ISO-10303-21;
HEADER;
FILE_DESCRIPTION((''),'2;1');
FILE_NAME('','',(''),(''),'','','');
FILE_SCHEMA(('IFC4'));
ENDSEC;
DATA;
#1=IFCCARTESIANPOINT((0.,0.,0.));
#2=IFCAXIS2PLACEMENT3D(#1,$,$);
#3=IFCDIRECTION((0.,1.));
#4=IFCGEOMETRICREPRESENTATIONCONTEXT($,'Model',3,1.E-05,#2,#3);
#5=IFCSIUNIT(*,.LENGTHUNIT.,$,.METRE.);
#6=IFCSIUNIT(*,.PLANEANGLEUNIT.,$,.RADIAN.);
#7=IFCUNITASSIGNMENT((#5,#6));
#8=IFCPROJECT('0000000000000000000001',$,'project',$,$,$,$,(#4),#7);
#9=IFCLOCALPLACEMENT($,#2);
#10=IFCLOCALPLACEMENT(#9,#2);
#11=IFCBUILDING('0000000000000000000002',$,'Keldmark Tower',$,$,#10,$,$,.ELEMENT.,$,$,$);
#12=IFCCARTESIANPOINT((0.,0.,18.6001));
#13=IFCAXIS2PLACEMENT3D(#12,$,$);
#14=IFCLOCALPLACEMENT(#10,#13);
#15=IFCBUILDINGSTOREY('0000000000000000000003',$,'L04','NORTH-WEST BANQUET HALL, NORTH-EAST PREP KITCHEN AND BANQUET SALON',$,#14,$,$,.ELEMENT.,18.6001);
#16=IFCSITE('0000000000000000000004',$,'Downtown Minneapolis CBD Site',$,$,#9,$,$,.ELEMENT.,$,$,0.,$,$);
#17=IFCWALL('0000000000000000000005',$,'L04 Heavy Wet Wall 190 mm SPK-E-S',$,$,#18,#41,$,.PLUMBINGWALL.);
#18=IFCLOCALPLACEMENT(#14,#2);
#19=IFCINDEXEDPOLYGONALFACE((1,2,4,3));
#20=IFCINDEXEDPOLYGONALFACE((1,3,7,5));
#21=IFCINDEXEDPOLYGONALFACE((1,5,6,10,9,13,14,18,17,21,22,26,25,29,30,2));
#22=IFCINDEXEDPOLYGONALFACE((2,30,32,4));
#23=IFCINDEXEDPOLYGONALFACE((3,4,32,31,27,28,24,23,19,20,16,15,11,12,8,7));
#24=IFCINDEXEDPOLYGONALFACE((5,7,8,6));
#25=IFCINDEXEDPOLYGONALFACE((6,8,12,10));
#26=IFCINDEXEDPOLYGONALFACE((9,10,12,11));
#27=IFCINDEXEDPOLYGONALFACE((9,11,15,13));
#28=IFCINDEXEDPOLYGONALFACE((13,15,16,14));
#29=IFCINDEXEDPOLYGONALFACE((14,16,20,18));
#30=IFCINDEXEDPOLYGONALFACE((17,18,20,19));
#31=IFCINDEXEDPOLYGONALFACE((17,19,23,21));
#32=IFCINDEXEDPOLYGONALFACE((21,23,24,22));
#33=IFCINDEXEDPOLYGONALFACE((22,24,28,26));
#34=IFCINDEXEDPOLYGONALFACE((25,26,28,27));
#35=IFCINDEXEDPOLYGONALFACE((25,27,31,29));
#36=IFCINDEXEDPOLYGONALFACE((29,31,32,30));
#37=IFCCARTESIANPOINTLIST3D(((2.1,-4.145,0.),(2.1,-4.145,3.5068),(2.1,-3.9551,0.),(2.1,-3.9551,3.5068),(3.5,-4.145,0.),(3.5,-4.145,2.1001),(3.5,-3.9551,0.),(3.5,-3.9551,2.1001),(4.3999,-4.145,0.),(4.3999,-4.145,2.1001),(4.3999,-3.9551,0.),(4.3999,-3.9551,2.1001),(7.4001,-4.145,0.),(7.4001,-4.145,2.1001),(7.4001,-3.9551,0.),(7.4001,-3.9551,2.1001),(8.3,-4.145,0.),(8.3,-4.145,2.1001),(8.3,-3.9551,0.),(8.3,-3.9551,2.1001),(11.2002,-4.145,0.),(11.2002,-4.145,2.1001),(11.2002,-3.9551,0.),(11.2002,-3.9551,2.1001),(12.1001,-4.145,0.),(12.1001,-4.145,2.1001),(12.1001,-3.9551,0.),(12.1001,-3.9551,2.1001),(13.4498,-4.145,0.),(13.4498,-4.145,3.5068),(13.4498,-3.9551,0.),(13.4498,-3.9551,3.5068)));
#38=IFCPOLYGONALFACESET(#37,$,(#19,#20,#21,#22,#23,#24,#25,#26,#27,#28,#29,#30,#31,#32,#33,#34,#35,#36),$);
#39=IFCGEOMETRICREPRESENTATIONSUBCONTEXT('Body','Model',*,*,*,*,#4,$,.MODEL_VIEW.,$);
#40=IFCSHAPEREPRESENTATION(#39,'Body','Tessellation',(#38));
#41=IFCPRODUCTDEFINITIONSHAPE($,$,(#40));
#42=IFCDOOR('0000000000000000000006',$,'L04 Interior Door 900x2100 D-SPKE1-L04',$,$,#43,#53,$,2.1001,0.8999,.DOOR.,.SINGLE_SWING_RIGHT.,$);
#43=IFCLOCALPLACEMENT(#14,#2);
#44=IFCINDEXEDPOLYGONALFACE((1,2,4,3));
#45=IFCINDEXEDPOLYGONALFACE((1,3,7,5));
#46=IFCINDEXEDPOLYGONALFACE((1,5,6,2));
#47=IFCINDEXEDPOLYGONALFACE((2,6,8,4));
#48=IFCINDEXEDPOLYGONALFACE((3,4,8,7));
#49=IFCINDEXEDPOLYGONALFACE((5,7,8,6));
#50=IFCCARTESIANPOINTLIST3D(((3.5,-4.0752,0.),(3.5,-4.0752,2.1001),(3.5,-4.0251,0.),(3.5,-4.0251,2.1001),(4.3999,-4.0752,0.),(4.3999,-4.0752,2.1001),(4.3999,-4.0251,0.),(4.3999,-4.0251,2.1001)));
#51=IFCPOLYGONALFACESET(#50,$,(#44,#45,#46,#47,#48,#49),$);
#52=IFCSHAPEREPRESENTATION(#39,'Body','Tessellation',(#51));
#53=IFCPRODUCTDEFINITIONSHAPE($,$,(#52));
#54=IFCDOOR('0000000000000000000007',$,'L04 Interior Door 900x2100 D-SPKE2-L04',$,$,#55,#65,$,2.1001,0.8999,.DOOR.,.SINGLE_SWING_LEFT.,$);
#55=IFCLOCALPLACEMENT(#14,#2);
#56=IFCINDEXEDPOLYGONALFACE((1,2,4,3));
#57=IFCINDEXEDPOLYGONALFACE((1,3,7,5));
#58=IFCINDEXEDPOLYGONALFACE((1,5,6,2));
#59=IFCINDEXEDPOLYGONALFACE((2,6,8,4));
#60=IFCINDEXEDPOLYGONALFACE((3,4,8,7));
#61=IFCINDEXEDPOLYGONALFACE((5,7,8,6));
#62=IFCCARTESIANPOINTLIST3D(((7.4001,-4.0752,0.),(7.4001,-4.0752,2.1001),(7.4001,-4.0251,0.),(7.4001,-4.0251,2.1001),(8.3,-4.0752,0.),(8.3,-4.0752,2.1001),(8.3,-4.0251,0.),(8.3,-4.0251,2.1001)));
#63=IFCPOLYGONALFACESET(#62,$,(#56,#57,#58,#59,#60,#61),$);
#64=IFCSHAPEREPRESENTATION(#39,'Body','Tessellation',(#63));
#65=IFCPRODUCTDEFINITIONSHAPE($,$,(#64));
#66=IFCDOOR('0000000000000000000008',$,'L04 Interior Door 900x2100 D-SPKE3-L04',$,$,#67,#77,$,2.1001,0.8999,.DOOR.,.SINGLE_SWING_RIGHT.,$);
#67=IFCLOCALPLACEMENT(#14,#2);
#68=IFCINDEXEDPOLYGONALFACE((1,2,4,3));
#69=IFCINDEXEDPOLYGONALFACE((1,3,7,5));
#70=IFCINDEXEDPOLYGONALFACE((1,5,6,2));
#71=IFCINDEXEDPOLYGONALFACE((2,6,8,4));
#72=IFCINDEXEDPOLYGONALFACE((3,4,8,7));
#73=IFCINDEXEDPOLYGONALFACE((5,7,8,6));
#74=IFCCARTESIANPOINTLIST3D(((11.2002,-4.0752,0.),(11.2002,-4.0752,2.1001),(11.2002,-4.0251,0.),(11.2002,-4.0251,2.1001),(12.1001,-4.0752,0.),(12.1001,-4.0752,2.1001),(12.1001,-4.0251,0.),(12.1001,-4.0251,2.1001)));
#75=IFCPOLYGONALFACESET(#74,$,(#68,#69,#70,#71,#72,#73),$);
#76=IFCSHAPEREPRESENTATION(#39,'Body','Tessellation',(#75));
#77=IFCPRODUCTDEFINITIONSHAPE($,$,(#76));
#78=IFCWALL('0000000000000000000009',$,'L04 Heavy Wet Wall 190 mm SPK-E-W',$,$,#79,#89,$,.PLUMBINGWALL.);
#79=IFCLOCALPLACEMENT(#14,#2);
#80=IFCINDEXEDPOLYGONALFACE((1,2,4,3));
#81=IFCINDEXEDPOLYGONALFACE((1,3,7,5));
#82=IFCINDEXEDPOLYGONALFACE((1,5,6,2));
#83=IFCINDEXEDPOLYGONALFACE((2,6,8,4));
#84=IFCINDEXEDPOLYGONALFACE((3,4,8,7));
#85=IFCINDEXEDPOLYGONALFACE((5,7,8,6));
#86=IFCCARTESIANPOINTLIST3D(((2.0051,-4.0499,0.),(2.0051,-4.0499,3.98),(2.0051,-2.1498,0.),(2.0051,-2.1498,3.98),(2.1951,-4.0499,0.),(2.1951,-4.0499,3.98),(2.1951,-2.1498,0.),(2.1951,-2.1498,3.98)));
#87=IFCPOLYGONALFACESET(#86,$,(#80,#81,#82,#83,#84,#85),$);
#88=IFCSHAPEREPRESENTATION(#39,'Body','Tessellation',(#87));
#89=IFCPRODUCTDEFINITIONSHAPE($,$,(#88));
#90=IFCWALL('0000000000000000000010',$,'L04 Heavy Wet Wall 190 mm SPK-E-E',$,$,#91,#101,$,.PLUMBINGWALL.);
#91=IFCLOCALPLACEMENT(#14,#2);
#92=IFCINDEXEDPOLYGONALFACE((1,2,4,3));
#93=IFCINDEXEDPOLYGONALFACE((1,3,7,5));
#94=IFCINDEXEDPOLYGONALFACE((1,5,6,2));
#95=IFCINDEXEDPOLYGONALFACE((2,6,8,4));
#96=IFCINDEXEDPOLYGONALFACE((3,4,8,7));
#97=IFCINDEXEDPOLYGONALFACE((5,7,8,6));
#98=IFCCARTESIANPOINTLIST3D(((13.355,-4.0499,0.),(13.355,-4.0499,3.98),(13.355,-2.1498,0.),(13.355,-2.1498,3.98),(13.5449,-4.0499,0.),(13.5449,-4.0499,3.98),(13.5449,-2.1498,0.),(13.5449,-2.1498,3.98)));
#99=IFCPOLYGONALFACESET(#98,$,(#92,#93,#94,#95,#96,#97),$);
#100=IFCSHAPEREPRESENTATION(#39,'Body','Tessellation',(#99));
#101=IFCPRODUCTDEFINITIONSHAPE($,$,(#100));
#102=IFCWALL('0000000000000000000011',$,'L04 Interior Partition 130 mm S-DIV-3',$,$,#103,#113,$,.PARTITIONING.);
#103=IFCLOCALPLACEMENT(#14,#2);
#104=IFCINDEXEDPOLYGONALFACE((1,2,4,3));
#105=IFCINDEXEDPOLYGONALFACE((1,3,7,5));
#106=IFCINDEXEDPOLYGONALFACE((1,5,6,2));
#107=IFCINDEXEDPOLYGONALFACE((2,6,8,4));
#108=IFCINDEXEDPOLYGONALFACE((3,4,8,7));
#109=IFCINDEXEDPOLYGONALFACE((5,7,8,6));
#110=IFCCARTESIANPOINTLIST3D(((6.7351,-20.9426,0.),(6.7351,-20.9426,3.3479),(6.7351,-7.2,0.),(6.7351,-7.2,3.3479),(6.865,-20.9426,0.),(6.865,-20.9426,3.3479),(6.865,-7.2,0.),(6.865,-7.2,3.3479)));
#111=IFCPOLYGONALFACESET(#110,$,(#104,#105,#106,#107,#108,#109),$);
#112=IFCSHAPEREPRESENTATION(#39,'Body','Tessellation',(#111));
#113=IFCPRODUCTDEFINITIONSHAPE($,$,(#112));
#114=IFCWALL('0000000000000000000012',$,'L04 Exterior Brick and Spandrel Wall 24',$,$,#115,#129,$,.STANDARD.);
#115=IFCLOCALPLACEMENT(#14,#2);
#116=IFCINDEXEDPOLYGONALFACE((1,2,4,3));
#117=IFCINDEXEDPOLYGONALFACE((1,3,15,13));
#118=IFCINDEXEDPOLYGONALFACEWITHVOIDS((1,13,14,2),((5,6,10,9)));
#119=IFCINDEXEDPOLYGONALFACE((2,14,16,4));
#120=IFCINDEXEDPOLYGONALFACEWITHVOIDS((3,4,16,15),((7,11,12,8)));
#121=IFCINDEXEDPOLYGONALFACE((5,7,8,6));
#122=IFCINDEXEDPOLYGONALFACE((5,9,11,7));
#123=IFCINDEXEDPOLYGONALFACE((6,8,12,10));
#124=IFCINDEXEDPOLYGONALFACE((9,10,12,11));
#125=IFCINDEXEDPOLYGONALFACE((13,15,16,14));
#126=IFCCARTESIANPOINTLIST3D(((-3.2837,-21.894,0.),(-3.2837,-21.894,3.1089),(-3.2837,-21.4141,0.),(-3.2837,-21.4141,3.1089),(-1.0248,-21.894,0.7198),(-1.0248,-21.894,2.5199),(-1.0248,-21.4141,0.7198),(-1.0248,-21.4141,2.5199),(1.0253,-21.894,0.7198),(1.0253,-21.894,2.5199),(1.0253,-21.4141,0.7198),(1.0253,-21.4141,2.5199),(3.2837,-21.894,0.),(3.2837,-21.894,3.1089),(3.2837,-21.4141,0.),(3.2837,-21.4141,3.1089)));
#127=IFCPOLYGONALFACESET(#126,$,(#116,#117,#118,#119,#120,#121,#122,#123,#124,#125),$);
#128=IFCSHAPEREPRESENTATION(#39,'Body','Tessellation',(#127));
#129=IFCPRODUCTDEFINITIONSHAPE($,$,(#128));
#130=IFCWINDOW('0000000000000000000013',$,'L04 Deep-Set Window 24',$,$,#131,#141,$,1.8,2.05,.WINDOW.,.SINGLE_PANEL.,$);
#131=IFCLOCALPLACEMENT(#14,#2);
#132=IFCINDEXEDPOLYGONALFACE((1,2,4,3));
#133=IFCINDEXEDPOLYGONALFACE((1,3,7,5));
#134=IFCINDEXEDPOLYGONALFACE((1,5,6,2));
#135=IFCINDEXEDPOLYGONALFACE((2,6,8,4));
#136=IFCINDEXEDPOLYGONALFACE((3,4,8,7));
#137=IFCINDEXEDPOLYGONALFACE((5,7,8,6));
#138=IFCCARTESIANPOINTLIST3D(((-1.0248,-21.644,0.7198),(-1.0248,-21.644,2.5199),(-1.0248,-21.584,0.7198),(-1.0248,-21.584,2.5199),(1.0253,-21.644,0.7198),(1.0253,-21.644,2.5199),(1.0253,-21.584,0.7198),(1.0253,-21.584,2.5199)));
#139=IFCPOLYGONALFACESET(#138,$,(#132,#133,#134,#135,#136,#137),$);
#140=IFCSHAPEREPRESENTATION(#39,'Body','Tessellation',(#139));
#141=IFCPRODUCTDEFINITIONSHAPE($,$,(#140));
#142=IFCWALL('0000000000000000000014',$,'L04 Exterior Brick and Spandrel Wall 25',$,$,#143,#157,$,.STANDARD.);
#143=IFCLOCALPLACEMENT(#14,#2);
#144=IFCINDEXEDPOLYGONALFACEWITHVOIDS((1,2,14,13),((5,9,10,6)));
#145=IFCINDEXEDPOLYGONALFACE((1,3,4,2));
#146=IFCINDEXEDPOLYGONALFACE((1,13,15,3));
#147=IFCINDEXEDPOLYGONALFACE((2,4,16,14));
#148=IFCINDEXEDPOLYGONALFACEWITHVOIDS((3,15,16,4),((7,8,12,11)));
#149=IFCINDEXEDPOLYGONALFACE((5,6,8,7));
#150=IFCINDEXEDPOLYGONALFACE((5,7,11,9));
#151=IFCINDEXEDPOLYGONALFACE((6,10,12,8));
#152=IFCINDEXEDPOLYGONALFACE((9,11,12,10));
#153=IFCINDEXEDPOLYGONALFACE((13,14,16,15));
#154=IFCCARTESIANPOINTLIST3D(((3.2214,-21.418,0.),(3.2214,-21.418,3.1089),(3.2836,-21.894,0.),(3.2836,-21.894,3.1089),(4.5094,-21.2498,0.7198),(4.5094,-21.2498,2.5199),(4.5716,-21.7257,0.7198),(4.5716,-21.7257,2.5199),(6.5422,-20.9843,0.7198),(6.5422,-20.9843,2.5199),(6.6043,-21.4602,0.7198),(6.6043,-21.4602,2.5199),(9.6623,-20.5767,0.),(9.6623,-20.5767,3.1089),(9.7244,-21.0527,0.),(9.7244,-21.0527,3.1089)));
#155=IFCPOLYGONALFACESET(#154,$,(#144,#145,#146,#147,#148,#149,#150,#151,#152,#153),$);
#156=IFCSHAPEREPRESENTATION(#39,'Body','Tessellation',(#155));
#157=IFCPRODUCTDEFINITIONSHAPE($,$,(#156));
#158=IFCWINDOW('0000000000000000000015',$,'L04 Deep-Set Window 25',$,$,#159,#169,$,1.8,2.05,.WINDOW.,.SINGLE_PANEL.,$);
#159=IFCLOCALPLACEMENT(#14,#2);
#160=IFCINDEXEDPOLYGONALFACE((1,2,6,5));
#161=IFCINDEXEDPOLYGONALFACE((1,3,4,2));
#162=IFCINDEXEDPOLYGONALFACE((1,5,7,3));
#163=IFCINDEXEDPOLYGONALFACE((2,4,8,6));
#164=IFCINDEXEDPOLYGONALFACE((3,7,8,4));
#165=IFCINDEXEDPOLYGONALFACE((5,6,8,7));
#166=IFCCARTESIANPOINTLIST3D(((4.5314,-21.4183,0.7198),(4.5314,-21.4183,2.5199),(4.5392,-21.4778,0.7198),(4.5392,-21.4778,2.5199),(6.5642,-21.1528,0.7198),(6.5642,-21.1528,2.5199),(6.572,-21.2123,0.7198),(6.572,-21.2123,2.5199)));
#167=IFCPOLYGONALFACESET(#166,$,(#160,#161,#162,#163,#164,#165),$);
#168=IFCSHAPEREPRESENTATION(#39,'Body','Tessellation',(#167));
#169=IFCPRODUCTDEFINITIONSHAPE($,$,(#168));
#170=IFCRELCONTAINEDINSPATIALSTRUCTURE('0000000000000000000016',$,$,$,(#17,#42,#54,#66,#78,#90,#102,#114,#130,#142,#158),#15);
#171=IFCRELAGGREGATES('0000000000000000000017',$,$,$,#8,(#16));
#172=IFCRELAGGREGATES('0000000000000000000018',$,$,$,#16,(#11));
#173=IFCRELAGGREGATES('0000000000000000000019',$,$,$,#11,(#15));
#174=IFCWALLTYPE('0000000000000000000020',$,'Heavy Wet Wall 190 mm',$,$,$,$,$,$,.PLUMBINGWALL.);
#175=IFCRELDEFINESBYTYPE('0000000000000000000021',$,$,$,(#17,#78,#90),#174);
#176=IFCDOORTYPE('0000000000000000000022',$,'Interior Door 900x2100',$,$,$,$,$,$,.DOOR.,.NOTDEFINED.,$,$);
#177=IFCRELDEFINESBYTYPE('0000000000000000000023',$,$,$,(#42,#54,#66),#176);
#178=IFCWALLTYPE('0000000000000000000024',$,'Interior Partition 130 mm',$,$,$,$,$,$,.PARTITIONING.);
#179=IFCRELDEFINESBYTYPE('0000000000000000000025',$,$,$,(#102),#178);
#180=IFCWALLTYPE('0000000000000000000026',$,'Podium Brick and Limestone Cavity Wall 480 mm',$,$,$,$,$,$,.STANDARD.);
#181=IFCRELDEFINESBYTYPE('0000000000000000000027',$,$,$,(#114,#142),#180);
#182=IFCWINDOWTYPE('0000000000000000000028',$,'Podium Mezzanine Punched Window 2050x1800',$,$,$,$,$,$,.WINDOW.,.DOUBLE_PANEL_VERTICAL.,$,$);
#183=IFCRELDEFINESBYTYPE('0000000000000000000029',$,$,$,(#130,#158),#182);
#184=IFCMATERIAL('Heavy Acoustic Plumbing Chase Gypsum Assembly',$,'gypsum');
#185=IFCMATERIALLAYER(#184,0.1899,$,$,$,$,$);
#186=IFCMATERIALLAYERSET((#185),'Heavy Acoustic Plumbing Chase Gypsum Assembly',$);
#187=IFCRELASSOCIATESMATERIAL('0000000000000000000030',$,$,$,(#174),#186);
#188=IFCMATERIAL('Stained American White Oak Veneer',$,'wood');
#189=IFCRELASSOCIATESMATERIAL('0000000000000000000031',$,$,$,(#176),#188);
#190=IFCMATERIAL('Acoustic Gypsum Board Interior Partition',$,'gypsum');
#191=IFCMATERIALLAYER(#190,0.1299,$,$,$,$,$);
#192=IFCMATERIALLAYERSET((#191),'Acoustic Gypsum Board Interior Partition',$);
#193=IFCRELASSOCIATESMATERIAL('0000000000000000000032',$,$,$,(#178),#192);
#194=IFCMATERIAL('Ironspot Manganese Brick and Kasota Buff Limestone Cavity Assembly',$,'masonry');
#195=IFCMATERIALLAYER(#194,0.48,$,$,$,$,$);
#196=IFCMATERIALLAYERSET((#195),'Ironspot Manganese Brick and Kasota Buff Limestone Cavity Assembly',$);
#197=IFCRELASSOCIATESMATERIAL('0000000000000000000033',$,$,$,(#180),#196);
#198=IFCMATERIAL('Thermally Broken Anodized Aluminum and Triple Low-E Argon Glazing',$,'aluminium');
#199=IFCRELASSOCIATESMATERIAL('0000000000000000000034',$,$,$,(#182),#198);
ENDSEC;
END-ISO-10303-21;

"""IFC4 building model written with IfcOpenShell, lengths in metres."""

from ifc_helpers import new_model, si_unit, direction, frame, frame_2d, origin, place, context, subcontext, project, spatial, rectangle, extrude, material, layer, layer_set, type_object, element, fill, save


model = new_model("IFC4")

# Units and contexts
model_context = context("Model", 3, precision=1e-05, world=origin(), true_north=direction((0.0, 1.0)))
body_context = subcontext(model_context, "Body", "Model", "MODEL_VIEW")
ifc_project = project(units=[si_unit("LENGTHUNIT", "METRE"), si_unit("PLANEANGLEUNIT", "RADIAN")], contexts=[model_context])

# Site, building, storey
site_placement = place(None, origin())
site = spatial("IfcSite", under=ifc_project, at=site_placement, Name="Downtown Minneapolis CBD Site", CompositionType="ELEMENT", RefElevation=0.0)
building_placement = place(site_placement, origin())
building = spatial("IfcBuilding", under=site, at=building_placement, Name="Keldmark Tower", CompositionType="ELEMENT")
storey_placement = place(building_placement, frame((0.0, 0.0, 18.6001)))
storey = spatial("IfcBuildingStorey", under=building, at=storey_placement, Name="L04", Description="NORTH-WEST BANQUET HALL, NORTH-EAST PREP KITCHEN AND BANQUET SALON", CompositionType="ELEMENT", Elevation=18.6001)

# Wall, openings, doors
ifc_material_1 = material(Name="Heavy Acoustic Plumbing Chase Gypsum Assembly", Category="gypsum")
ifc_layer_1 = layer(ifc_material_1, 0.1899)
ifc_layer_set_1 = layer_set([ifc_layer_1], Name="Heavy Acoustic Plumbing Chase Gypsum Assembly")
wall_type_1 = type_object("IfcWallType", Name="Heavy Wet Wall 190 mm", PredefinedType="PLUMBINGWALL", material=ifc_layer_set_1)
wall_1_placement = place(storey_placement, frame((2.1001, -4.05, 0.0), z_axis=(0.0, 0.0, 1.0), x_axis=(1.0, 0.0, 0.0)))
wall_1 = element("IfcWall", 1, at=wall_1_placement, inside=storey, type_object=wall_type_1, Name="L04 Heavy Wet Wall 190 mm SPK-E-S", PredefinedType="PLUMBINGWALL", context=body_context, shape_type="SweptSolid", body=[
    extrude(rectangle(XDim=11.3499, YDim=0.1899, at=frame_2d((5.6748, 0.0))), origin(), (0.0, 0.0, 1.0), 3.5068),
])
opening_1_placement = place(wall_1_placement, frame((1.3999, 0.0, 0.0)))
opening_1 = element("IfcOpeningElement", 2, at=opening_1_placement, cuts=wall_1, PredefinedType="OPENING", context=body_context, shape_type="SweptSolid", body=[
    extrude(rectangle(XDim=0.8999, YDim=2.1001, at=frame_2d((0.45, 1.05))), frame((0.0, 0.105, 0.0), z_axis=(0.0, -1.0, 0.0), x_axis=(1.0, 0.0, 0.0)), (0.0, 0.0, 1.0), 0.21),
])
opening_2_placement = place(wall_1_placement, frame((5.3, 0.0, 0.0)))
opening_2 = element("IfcOpeningElement", 3, at=opening_2_placement, cuts=wall_1, PredefinedType="OPENING", context=body_context, shape_type="SweptSolid", body=[
    extrude(rectangle(XDim=0.8999, YDim=2.1001, at=frame_2d((0.45, 1.05))), frame((0.0, 0.105, 0.0), z_axis=(0.0, -1.0, 0.0), x_axis=(1.0, 0.0, 0.0)), (0.0, 0.0, 1.0), 0.21),
])
opening_3_placement = place(wall_1_placement, frame((9.1001, 0.0, 0.0)))
opening_3 = element("IfcOpeningElement", 4, at=opening_3_placement, cuts=wall_1, PredefinedType="OPENING", context=body_context, shape_type="SweptSolid", body=[
    extrude(rectangle(XDim=0.8999, YDim=2.1001, at=frame_2d((0.45, 1.05))), frame((0.0, 0.105, 0.0), z_axis=(0.0, -1.0, 0.0), x_axis=(1.0, 0.0, 0.0)), (0.0, 0.0, 1.0), 0.21),
])
ifc_material_2 = material(Name="Stained American White Oak Veneer", Category="wood")
door_type = type_object("IfcDoorType", Name="Interior Door 900x2100", OperationType="NOTDEFINED", PredefinedType="DOOR", material=ifc_material_2)
door_1_placement = place(opening_1_placement, origin())
door_1 = element("IfcDoor", 5, at=door_1_placement, inside=storey, type_object=door_type, Name="L04 Interior Door 900x2100 D-SPKE1-L04", OperationType="SINGLE_SWING_RIGHT", OverallHeight=2.1001, OverallWidth=0.8999, PredefinedType="DOOR", context=body_context, shape_type="SweptSolid", body=[
    extrude(rectangle(XDim=0.8999, YDim=2.1001, at=frame_2d((0.45, 1.05))), frame((0.0, 0.0249, 0.0), z_axis=(0.0, -1.0, 0.0), x_axis=(1.0, 0.0, 0.0)), (0.0, 0.0, 1.0), 0.05),
])
fill(opening_1, door_1)
door_2_placement = place(opening_2_placement, origin())
door_2 = element("IfcDoor", 6, at=door_2_placement, inside=storey, type_object=door_type, Name="L04 Interior Door 900x2100 D-SPKE2-L04", OperationType="SINGLE_SWING_LEFT", OverallHeight=2.1001, OverallWidth=0.8999, PredefinedType="DOOR", context=body_context, shape_type="SweptSolid", body=[
    extrude(rectangle(XDim=0.8999, YDim=2.1001, at=frame_2d((0.45, 1.05))), frame((0.0, 0.0249, 0.0), z_axis=(0.0, -1.0, 0.0), x_axis=(1.0, 0.0, 0.0)), (0.0, 0.0, 1.0), 0.05),
])
fill(opening_2, door_2)
door_3_placement = place(opening_3_placement, origin())
door_3 = element("IfcDoor", 7, at=door_3_placement, inside=storey, type_object=door_type, Name="L04 Interior Door 900x2100 D-SPKE3-L04", OperationType="SINGLE_SWING_RIGHT", OverallHeight=2.1001, OverallWidth=0.8999, PredefinedType="DOOR", context=body_context, shape_type="SweptSolid", body=[
    extrude(rectangle(XDim=0.8999, YDim=2.1001, at=frame_2d((0.45, 1.05))), frame((0.0, 0.0249, 0.0), z_axis=(0.0, -1.0, 0.0), x_axis=(1.0, 0.0, 0.0)), (0.0, 0.0, 1.0), 0.05),
])
fill(opening_3, door_3)

# Walls
for number, where, z_axis, x_axis, name in (
    (8, (2.1001, -4.05, 0.0), (0.0, 0.0, 1.0), (0.0, 1.0, 0.0), "L04 Heavy Wet Wall 190 mm SPK-E-W"),
    (9, (13.45, -4.05, 0.0), (0.0, 0.0, 1.0), (0.0, 1.0, 0.0), "L04 Heavy Wet Wall 190 mm SPK-E-E"),
):
    element("IfcWall", number, at=place(storey_placement, frame(where, z_axis=z_axis, x_axis=x_axis)), inside=storey, type_object=wall_type_1, Name=name, PredefinedType="PLUMBINGWALL", context=body_context, shape_type="SweptSolid", body=[
        extrude(rectangle(XDim=1.9001, YDim=0.1899, at=frame_2d((0.9502, 0.0))), origin(), (0.0, 0.0, 1.0), 3.98),
    ])
ifc_material_3 = material(Name="Acoustic Gypsum Board Interior Partition", Category="gypsum")
ifc_layer_2 = layer(ifc_material_3, 0.1299)
ifc_layer_set_2 = layer_set([ifc_layer_2], Name="Acoustic Gypsum Board Interior Partition")
wall_type_2 = type_object("IfcWallType", Name="Interior Partition 130 mm", PredefinedType="PARTITIONING", material=ifc_layer_set_2)
wall_2_placement = place(storey_placement, frame((6.8, -20.9426, 0.0), z_axis=(0.0, 0.0, 1.0), x_axis=(0.0, 1.0, 0.0)))
element("IfcWall", 10, at=wall_2_placement, inside=storey, type_object=wall_type_2, Name="L04 Interior Partition 130 mm S-DIV-3", PredefinedType="PARTITIONING", context=body_context, shape_type="SweptSolid", body=[
    extrude(rectangle(XDim=13.7427, YDim=0.1299, at=frame_2d((6.8713, 0.0))), origin(), (0.0, 0.0, 1.0), 3.3479),
])

# Walls, openings, windows
ifc_material_4 = material(Name="Ironspot Manganese Brick and Kasota Buff Limestone Cavity Assembly", Category="masonry")
ifc_layer_3 = layer(ifc_material_4, 0.48)
ifc_layer_set_3 = layer_set([ifc_layer_3], Name="Ironspot Manganese Brick and Kasota Buff Limestone Cavity Assembly")
wall_type_3 = type_object("IfcWallType", Name="Podium Brick and Limestone Cavity Wall 480 mm", PredefinedType="STANDARD", material=ifc_layer_set_3)
wall_3_placement = place(storey_placement, frame((3.2837, -21.6541, 0.0), z_axis=(0.0, 0.0, 1.0), x_axis=(-1.0, 0.0, 0.0)))
wall_3 = element("IfcWall", 11, at=wall_3_placement, inside=storey, type_object=wall_type_3, Name="L04 Exterior Brick and Spandrel Wall 24", PredefinedType="STANDARD", context=body_context, shape_type="SweptSolid", body=[
    extrude(rectangle(XDim=6.5674, YDim=0.48, at=frame_2d((3.2837, 0.0))), origin(), (0.0, 0.0, 1.0), 3.1089),
])
opening_4_placement = place(wall_3_placement, frame((2.2585, 0.0, 0.72)))
opening_4 = element("IfcOpeningElement", 12, at=opening_4_placement, cuts=wall_3, PredefinedType="OPENING", context=body_context, shape_type="SweptSolid", body=[
    extrude(rectangle(XDim=2.05, YDim=1.8, at=frame_2d((1.0249, 0.8999))), frame((0.0, 0.25, 0.0), z_axis=(0.0, -1.0, 0.0), x_axis=(1.0, 0.0, 0.0)), (0.0, 0.0, 1.0), 0.5),
])
ifc_material_5 = material(Name="Thermally Broken Anodized Aluminum and Triple Low-E Argon Glazing", Category="aluminium")
window_type = type_object("IfcWindowType", Name="Podium Mezzanine Punched Window 2050x1800", PartitioningType="DOUBLE_PANEL_VERTICAL", PredefinedType="WINDOW", material=ifc_material_5)
window_1_placement = place(opening_4_placement, origin())
window_1 = element("IfcWindow", 13, at=window_1_placement, inside=storey, type_object=window_type, Name="L04 Deep-Set Window 24", OverallHeight=1.8, OverallWidth=2.05, PartitioningType="SINGLE_PANEL", PredefinedType="WINDOW", context=body_context, shape_type="SweptSolid", body=[
    extrude(rectangle(XDim=2.05, YDim=1.8, at=frame_2d((1.0249, 0.8999))), frame((0.0, -0.01, 0.0), z_axis=(0.0, -1.0, 0.0), x_axis=(1.0, 0.0, 0.0)), (0.0, 0.0, 1.0), 0.0601),
])
fill(opening_4, window_1)
wall_4_placement = place(storey_placement, frame((9.6934, -20.8147, 0.0), z_axis=(0.0, 0.0, 1.0), x_axis=(-0.991577, -0.129519, 0.0)))
wall_4 = element("IfcWall", 14, at=wall_4_placement, inside=storey, type_object=wall_type_3, Name="L04 Exterior Brick and Spandrel Wall 25", PredefinedType="STANDARD", context=body_context, shape_type="SweptSolid", body=[
    extrude(rectangle(XDim=6.4956, YDim=0.48, at=frame_2d((3.2478, 0.0))), origin(), (0.0, 0.0, 1.0), 3.1089),
])
opening_5_placement = place(wall_4_placement, frame((3.1467, 0.0, 0.72)))
opening_5 = element("IfcOpeningElement", 15, at=opening_5_placement, cuts=wall_4, PredefinedType="OPENING", context=body_context, shape_type="SweptSolid", body=[
    extrude(rectangle(XDim=2.05, YDim=1.8, at=frame_2d((1.0249, 0.8999))), frame((0.0, 0.25, 0.0), z_axis=(0.0, -1.0, 0.0), x_axis=(1.0, 0.0, 0.0)), (0.0, 0.0, 1.0), 0.5),
])
window_2_placement = place(opening_5_placement, origin())
window_2 = element("IfcWindow", 16, at=window_2_placement, inside=storey, type_object=window_type, Name="L04 Deep-Set Window 25", OverallHeight=1.8, OverallWidth=2.05, PartitioningType="SINGLE_PANEL", PredefinedType="WINDOW", context=body_context, shape_type="SweptSolid", body=[
    extrude(rectangle(XDim=2.05, YDim=1.8, at=frame_2d((1.0249, 0.8999))), frame((0.0, -0.01, 0.0), z_axis=(0.0, -1.0, 0.0), x_axis=(1.0, 0.0, 0.0)), (0.0, 0.0, 1.0), 0.0601),
])
fill(opening_5, window_2)

save(model, "model.ifc")
